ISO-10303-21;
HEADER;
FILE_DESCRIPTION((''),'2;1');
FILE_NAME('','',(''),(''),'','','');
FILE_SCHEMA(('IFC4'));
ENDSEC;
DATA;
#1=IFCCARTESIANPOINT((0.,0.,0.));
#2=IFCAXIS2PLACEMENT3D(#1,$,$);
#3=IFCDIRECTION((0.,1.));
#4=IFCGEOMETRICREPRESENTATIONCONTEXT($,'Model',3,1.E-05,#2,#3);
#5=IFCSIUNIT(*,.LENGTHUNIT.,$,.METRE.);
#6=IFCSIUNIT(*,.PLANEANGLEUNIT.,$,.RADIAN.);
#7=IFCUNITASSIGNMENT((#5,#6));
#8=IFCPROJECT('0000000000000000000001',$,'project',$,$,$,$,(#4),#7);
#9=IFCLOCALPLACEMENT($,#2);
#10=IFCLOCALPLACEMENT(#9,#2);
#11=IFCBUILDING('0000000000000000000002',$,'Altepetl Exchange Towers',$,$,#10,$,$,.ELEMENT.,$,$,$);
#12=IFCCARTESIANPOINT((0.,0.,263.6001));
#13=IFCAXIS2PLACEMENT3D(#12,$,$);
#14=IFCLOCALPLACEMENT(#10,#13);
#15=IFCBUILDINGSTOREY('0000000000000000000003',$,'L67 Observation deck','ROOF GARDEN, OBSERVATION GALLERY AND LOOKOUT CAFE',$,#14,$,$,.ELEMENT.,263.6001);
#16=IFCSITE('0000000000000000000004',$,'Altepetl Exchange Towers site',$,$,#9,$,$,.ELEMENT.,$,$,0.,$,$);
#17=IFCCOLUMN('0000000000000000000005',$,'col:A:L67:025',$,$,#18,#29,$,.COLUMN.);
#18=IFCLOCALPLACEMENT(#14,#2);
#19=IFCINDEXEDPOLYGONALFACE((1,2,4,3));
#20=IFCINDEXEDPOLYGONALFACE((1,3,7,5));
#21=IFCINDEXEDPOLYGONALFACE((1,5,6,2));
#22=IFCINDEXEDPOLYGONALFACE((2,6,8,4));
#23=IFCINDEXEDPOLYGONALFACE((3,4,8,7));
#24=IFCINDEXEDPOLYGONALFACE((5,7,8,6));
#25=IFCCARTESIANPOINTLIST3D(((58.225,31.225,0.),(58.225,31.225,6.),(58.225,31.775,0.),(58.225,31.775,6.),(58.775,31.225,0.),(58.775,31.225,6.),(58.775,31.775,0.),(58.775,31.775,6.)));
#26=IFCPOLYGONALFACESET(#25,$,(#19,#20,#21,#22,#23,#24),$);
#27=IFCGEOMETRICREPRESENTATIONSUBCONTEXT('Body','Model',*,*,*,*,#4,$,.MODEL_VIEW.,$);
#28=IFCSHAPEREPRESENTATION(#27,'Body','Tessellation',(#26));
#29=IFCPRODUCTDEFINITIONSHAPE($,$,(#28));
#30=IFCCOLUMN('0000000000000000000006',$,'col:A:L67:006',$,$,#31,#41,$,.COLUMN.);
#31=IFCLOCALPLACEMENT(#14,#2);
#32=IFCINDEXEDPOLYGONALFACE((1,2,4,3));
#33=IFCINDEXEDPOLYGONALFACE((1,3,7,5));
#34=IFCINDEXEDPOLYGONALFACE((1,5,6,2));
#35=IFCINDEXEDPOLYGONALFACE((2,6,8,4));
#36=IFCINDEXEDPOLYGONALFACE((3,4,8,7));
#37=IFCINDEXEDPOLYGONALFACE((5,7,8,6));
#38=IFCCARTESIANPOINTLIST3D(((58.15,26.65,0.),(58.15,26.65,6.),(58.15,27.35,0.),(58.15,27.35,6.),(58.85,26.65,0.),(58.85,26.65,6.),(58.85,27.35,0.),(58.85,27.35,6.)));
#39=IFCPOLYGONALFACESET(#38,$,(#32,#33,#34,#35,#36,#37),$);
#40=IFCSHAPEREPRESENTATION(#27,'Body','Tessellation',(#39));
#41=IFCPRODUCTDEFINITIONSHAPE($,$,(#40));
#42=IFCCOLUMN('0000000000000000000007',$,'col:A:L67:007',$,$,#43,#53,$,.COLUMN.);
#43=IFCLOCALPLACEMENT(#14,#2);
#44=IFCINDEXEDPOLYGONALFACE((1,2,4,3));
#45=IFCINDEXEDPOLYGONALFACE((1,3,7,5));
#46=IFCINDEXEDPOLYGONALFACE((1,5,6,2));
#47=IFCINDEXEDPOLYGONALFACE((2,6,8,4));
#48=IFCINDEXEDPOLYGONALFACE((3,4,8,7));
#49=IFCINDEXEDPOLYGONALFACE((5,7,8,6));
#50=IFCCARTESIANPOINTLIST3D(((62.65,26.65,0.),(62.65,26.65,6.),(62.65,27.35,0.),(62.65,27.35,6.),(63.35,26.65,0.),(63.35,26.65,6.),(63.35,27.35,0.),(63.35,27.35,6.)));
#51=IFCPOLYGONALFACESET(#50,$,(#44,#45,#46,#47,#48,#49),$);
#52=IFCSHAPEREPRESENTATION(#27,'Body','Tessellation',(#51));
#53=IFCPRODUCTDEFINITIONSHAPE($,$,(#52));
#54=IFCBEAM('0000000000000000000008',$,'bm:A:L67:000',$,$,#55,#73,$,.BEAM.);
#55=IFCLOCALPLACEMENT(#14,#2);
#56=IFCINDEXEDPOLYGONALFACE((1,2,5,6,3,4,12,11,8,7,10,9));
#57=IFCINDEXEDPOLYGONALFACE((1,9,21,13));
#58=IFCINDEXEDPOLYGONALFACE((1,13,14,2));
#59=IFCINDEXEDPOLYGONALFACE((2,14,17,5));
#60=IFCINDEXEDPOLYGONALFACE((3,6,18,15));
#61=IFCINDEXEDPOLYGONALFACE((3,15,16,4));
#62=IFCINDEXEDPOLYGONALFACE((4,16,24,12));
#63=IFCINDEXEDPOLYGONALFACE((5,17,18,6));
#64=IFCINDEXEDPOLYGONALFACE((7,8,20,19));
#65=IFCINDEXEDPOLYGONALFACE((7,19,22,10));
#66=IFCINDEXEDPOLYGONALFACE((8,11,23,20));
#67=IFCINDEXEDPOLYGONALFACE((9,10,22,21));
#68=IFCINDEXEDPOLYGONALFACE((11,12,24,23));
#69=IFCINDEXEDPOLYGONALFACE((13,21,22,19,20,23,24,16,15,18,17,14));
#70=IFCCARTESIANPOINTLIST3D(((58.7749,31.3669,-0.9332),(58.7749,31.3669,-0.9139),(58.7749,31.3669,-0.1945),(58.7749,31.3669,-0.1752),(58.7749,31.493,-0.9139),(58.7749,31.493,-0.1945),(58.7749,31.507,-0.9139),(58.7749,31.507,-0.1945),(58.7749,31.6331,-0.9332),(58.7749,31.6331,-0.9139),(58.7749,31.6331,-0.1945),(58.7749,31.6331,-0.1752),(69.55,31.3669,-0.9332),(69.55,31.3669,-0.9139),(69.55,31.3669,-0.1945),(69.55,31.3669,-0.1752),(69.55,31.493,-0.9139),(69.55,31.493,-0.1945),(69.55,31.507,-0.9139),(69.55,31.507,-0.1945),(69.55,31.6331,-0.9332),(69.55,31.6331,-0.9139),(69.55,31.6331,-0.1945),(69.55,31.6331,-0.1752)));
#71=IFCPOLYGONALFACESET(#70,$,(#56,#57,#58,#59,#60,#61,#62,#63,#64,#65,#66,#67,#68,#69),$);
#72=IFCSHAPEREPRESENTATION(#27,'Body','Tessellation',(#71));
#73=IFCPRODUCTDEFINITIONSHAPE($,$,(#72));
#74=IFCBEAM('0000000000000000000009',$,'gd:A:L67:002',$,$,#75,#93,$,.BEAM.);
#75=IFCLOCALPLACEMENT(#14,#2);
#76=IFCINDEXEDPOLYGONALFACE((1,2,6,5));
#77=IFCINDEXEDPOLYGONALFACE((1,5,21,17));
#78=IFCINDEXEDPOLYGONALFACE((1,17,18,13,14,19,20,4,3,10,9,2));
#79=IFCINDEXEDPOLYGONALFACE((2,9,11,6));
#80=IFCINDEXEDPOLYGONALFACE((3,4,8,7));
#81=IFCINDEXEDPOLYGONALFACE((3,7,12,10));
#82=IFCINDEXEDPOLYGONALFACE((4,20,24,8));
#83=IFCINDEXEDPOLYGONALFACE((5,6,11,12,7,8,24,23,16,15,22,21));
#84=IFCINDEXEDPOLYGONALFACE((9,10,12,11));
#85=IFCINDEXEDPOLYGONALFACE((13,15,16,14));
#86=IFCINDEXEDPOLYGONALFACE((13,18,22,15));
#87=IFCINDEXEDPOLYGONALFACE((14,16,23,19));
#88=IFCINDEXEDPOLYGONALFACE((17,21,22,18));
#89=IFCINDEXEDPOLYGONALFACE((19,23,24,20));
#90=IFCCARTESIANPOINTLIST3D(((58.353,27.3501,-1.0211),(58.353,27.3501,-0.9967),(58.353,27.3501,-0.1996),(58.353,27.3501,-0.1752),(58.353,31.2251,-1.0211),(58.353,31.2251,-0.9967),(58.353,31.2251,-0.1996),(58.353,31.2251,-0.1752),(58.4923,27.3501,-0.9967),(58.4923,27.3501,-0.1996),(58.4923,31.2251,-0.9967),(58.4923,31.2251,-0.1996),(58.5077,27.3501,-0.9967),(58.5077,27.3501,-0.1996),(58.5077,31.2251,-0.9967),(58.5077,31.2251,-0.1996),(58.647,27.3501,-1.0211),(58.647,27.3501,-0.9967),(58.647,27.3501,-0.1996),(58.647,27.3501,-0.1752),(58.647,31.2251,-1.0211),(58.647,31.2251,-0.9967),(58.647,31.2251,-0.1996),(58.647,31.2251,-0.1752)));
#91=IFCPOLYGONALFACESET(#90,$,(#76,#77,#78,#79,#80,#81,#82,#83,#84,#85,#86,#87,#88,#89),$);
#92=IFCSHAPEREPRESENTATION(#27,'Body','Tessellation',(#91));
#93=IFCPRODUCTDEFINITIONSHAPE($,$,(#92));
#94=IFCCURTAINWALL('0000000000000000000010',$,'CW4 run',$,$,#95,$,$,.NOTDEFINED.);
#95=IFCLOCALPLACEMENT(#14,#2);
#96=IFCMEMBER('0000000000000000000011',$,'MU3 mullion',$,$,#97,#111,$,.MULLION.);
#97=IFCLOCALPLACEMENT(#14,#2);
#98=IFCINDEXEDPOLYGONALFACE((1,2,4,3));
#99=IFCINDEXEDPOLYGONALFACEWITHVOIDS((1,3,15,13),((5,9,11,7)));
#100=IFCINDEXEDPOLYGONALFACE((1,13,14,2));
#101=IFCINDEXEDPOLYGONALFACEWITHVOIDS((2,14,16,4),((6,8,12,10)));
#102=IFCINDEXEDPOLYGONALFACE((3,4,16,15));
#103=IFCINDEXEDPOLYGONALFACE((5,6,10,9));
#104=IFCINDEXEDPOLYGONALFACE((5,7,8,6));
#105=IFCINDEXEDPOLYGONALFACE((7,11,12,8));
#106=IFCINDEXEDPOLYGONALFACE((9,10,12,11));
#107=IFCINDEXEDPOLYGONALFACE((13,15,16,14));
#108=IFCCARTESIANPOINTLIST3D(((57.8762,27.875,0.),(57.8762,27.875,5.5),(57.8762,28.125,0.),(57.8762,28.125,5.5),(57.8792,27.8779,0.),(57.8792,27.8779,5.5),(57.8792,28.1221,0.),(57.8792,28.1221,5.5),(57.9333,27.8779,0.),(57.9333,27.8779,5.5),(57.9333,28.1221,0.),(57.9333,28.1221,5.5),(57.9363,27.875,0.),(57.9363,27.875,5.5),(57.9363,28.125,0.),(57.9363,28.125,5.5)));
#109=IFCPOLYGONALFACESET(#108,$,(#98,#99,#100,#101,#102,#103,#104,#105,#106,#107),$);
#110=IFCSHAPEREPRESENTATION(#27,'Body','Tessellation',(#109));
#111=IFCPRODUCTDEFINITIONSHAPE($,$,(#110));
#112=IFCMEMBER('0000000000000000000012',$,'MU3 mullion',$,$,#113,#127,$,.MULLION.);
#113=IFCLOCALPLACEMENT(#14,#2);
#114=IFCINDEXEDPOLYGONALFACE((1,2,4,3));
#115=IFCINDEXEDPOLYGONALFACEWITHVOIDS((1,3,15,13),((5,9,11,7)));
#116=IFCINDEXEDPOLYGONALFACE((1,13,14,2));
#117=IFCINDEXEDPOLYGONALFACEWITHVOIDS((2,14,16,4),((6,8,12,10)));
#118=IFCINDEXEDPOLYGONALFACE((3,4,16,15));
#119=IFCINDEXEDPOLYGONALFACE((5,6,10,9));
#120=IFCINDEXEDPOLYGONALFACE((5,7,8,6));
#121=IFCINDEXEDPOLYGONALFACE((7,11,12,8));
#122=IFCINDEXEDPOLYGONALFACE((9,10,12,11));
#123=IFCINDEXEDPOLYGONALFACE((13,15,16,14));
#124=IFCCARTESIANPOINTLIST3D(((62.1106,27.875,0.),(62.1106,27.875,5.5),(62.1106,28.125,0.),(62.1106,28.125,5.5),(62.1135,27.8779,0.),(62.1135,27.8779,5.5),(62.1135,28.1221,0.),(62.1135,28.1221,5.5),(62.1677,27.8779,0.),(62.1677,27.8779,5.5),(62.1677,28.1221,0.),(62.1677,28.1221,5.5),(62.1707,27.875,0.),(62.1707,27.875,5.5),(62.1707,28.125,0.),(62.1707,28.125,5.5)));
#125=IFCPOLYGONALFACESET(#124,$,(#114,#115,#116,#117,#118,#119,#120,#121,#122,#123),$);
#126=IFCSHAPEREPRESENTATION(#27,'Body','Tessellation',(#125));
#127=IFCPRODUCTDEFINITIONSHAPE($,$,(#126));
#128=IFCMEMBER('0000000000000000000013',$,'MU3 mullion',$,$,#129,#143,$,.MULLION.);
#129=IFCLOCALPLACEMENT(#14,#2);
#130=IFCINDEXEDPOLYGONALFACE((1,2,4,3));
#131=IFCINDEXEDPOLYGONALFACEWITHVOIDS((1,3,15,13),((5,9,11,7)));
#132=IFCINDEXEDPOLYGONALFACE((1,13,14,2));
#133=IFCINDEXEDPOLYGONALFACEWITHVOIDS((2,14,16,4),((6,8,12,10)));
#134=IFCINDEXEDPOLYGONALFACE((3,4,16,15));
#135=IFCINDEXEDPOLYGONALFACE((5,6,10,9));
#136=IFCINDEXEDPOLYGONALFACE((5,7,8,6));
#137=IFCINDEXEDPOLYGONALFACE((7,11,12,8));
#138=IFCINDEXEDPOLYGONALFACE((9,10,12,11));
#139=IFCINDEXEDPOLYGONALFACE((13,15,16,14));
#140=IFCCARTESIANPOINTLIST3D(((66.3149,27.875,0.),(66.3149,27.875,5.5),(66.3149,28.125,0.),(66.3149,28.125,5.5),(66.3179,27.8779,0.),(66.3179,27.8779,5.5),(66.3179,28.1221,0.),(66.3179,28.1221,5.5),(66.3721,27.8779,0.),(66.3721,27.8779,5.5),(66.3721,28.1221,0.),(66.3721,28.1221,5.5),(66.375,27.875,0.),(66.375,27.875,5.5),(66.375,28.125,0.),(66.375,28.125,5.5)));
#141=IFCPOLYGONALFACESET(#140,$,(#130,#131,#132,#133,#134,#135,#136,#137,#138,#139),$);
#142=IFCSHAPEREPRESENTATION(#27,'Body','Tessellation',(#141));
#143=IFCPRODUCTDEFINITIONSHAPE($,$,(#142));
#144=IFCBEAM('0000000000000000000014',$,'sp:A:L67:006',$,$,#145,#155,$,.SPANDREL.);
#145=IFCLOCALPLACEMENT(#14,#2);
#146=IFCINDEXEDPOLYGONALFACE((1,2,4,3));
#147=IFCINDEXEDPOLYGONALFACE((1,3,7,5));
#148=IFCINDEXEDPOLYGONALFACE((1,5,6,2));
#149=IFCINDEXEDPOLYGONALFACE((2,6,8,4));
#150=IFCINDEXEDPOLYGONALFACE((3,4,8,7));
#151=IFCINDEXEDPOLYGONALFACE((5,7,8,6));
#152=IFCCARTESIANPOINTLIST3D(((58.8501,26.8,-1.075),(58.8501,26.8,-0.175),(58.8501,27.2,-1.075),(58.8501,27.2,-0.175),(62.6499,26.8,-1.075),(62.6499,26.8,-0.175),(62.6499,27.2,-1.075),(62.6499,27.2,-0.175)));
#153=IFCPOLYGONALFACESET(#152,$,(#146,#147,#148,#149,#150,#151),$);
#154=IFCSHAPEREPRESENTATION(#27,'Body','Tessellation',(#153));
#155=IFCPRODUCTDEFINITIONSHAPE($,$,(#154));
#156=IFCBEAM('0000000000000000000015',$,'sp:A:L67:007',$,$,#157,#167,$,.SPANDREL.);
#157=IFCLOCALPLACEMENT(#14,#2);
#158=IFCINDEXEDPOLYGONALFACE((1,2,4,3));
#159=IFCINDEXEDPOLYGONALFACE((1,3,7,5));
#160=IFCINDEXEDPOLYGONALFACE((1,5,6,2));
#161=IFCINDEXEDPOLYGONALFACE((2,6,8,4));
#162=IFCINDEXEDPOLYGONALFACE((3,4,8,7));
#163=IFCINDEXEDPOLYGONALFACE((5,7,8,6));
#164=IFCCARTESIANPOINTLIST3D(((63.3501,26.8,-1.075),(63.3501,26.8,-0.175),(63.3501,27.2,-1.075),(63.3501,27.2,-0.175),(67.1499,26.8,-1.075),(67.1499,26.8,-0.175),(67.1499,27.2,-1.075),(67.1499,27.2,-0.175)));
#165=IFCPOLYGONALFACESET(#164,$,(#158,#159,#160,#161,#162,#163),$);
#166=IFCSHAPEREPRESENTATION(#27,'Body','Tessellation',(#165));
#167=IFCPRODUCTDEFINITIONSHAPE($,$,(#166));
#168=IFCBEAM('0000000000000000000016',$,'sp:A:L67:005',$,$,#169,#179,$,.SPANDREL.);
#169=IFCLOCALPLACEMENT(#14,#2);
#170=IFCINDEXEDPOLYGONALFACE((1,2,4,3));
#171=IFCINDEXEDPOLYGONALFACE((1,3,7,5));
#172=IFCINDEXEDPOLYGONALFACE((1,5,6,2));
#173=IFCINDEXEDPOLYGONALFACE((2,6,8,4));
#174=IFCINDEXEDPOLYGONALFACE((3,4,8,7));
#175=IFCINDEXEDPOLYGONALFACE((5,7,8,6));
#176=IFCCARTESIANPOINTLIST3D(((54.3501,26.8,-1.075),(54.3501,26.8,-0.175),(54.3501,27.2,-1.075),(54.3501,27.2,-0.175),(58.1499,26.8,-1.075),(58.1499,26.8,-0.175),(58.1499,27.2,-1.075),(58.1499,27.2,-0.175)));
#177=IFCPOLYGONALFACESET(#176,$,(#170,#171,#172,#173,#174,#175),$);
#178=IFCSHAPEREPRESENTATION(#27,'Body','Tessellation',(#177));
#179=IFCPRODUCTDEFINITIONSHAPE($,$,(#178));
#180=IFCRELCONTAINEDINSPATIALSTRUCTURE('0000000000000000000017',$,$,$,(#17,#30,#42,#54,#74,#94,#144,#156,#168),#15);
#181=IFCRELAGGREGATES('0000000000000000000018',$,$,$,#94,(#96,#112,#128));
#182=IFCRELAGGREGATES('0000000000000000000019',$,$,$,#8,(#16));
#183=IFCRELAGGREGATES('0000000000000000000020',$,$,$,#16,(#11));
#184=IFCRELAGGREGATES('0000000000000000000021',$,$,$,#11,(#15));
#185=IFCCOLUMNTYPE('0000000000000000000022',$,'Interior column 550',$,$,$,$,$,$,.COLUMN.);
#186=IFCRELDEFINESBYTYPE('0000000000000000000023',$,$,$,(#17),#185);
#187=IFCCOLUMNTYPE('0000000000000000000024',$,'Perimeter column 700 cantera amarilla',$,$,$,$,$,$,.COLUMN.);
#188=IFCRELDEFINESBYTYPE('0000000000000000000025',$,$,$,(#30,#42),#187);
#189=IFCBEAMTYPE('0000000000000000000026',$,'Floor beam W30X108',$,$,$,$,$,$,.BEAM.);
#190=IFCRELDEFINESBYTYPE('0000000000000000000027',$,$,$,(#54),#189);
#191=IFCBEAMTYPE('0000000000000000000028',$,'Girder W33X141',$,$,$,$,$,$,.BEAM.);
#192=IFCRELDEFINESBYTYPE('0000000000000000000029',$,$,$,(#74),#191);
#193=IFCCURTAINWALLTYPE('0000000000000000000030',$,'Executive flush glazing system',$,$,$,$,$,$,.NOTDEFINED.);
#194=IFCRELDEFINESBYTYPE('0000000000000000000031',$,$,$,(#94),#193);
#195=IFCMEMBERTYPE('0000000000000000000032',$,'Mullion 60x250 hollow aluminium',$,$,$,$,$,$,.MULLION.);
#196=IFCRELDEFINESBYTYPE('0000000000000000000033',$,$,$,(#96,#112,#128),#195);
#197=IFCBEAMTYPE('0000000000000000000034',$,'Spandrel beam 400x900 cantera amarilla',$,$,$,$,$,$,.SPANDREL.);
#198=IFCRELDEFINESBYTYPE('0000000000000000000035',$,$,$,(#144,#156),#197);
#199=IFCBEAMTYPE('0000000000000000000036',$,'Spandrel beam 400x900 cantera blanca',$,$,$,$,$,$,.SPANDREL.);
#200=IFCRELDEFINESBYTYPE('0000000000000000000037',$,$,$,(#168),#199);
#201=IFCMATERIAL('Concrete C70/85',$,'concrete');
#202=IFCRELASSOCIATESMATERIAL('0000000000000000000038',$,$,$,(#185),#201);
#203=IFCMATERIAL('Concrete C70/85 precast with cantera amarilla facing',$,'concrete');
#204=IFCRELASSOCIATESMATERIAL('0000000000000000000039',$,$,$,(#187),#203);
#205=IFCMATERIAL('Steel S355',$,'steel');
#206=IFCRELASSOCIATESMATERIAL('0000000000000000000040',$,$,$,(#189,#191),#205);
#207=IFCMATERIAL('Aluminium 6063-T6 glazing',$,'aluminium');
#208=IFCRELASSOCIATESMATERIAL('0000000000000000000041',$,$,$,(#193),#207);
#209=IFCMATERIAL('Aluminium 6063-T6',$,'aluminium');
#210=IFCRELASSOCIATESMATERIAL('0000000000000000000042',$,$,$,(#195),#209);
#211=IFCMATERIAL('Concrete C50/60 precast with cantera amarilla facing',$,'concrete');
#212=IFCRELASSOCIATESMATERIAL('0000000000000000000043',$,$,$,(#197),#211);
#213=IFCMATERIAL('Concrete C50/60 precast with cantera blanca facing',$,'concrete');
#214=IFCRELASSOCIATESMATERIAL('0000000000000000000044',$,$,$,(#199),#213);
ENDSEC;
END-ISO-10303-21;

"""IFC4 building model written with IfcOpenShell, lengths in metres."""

from ifc_helpers import new_model, si_unit, direction, frame, origin, origin_2d, place, context, subcontext, project, spatial, rectangle, hollow_rectangle, i_section, extrude, material, material_profile, profile_set, type_object, element, aggregate, save


model = new_model("IFC4")

# Units and contexts
model_context = context("Model", 3, precision=1e-05, world=origin(), true_north=direction((0.0, 1.0)))
body_context = subcontext(model_context, "Body", "Model", "MODEL_VIEW")
ifc_project = project(units=[si_unit("LENGTHUNIT", "METRE"), si_unit("PLANEANGLEUNIT", "RADIAN")], contexts=[model_context])

# Site, building, storey
site_placement = place(None, origin())
site = spatial("IfcSite", under=ifc_project, at=site_placement, Name="Altepetl Exchange Towers site", CompositionType="ELEMENT", RefElevation=0.0)
building_placement = place(site_placement, origin())
building = spatial("IfcBuilding", under=site, at=building_placement, Name="Altepetl Exchange Towers", CompositionType="ELEMENT")
storey_placement = place(building_placement, frame((0.0, 0.0, 263.6001)))
storey = spatial("IfcBuildingStorey", under=building, at=storey_placement, Name="L67 Observation deck", Description="ROOF GARDEN, OBSERVATION GALLERY AND LOOKOUT CAFE", CompositionType="ELEMENT", Elevation=263.6001)

# Columns
ifc_material_1 = material(Name="Concrete C70/85", Category="concrete")
ifc_material_profile_1 = material_profile(ifc_material_1, rectangle(XDim=0.55, YDim=0.55, at=origin_2d()), Name="550 x 550")
ifc_profile_set_1 = profile_set([ifc_material_profile_1], Name="Concrete C70/85")
column_type_1 = type_object("IfcColumnType", Name="Interior column 550", PredefinedType="COLUMN", material=ifc_profile_set_1)
column_placement = place(storey_placement, frame((58.5, 31.5, 0.0)))
element("IfcColumn", 1, at=column_placement, inside=storey, type_object=column_type_1, Name="col:A:L67:025", PredefinedType="COLUMN", context=body_context, shape_type="SweptSolid", body=[
    extrude(rectangle(XDim=0.55, YDim=0.55, at=origin_2d()), origin(), (0.0, 0.0, 1.0), 6.0),
])
ifc_material_2 = material(Name="Concrete C70/85 precast with cantera amarilla facing", Category="concrete")
ifc_material_profile_2 = material_profile(ifc_material_2, rectangle(XDim=0.7, YDim=0.7, at=origin_2d()), Name="700 x 700")
ifc_profile_set_2 = profile_set([ifc_material_profile_2], Name="Concrete C70/85 precast with cantera amarilla facing")
column_type_2 = type_object("IfcColumnType", Name="Perimeter column 700 cantera amarilla", PredefinedType="COLUMN", material=ifc_profile_set_2)
for number, where, name in (
    (2, (58.5, 27.0, 0.0), "col:A:L67:006"),
    (3, (63.0, 27.0, 0.0), "col:A:L67:007"),
):
    element("IfcColumn", number, at=place(storey_placement, frame(where)), inside=storey, type_object=column_type_2, Name=name, PredefinedType="COLUMN", context=body_context, shape_type="SweptSolid", body=[
        extrude(rectangle(XDim=0.7, YDim=0.7, at=origin_2d()), origin(), (0.0, 0.0, 1.0), 6.0),
    ])

# Beams
ifc_material_3 = material(Name="Steel S355", Category="steel")
ifc_material_profile_3 = material_profile(ifc_material_3, i_section(OverallWidth=0.2661, OverallDepth=0.7581, WebThickness=0.0139, FlangeThickness=0.0193, at=origin_2d()), Name="W30X108")
ifc_profile_set_3 = profile_set([ifc_material_profile_3], Name="Steel S355")
beam_type_1 = type_object("IfcBeamType", Name="Floor beam W30X108", PredefinedType="BEAM", material=ifc_profile_set_3)
beam_1_placement = place(storey_placement, frame((58.7749, 31.5, -0.5542), z_axis=(1.0, 0.0, 0.0), x_axis=(0.0, 1.0, 0.0)))
element("IfcBeam", 4, at=beam_1_placement, inside=storey, type_object=beam_type_1, Name="bm:A:L67:000", PredefinedType="BEAM", context=body_context, shape_type="SweptSolid", body=[
    extrude(i_section(OverallWidth=0.2661, OverallDepth=0.7581, WebThickness=0.0139, FlangeThickness=0.0193, at=origin_2d()), origin(), (0.0, 0.0, 1.0), 10.7751),
])
ifc_material_profile_4 = material_profile(ifc_material_3, i_section(OverallWidth=0.2939, OverallDepth=0.8459, WebThickness=0.0154, FlangeThickness=0.0244, at=origin_2d()), Name="W33X141")
ifc_profile_set_4 = profile_set([ifc_material_profile_4], Name="Steel S355")
beam_type_2 = type_object("IfcBeamType", Name="Girder W33X141", PredefinedType="BEAM", material=ifc_profile_set_4)
beam_2_placement = place(storey_placement, frame((58.5, 31.2251, -0.5981), z_axis=(0.0, -1.0, 0.0), x_axis=(1.0, 0.0, 0.0)))
element("IfcBeam", 5, at=beam_2_placement, inside=storey, type_object=beam_type_2, Name="gd:A:L67:002", PredefinedType="BEAM", context=body_context, shape_type="SweptSolid", body=[
    extrude(i_section(OverallWidth=0.2939, OverallDepth=0.8459, WebThickness=0.0154, FlangeThickness=0.0244, at=origin_2d()), origin(), (0.0, 0.0, 1.0), 3.875),
])

# Curtain wall, members
ifc_material_4 = material(Name="Aluminium 6063-T6 glazing", Category="aluminium")
curtain_wall_type = type_object("IfcCurtainWallType", Name="Executive flush glazing system", PredefinedType="NOTDEFINED", material=ifc_material_4)
curtain_wall_placement = place(storey_placement, origin())
curtain_wall = element("IfcCurtainWall", 6, at=curtain_wall_placement, inside=storey, type_object=curtain_wall_type, Name="CW4 run", PredefinedType="NOTDEFINED")
ifc_material_5 = material(Name="Aluminium 6063-T6", Category="aluminium")
ifc_material_profile_5 = material_profile(ifc_material_5, hollow_rectangle(XDim=0.0601, YDim=0.25, WallThickness=0.0029, at=origin_2d()), Name="Mullion 60x250 hollow aluminium")
ifc_profile_set_5 = profile_set([ifc_material_profile_5], Name="Aluminium 6063-T6")
member_type_1 = type_object("IfcMemberType", Name="Mullion 60x250 hollow aluminium", PredefinedType="MULLION", material=ifc_profile_set_5)
member_1_placement = place(storey_placement, frame((57.9062, 28.0, 0.0)))
member_1 = element("IfcMember", 7, at=member_1_placement, type_object=member_type_1, Name="MU3 mullion", PredefinedType="MULLION", context=body_context, shape_type="SweptSolid", body=[
    extrude(hollow_rectangle(XDim=0.0601, YDim=0.25, WallThickness=0.0029, at=origin_2d()), origin(), (0.0, 0.0, 1.0), 5.5),
])
member_2_placement = place(storey_placement, frame((62.1406, 28.0, 0.0)))
member_2 = element("IfcMember", 8, at=member_2_placement, type_object=member_type_1, Name="MU3 mullion", PredefinedType="MULLION", context=body_context, shape_type="SweptSolid", body=[
    extrude(hollow_rectangle(XDim=0.0601, YDim=0.25, WallThickness=0.0029, at=origin_2d()), origin(), (0.0, 0.0, 1.0), 5.5),
])
member_3_placement = place(storey_placement, frame((66.345, 28.0, 0.0)))
member_3 = element("IfcMember", 9, at=member_3_placement, type_object=member_type_1, Name="MU3 mullion", PredefinedType="MULLION", context=body_context, shape_type="SweptSolid", body=[
    extrude(hollow_rectangle(XDim=0.0601, YDim=0.25, WallThickness=0.0029, at=origin_2d()), origin(), (0.0, 0.0, 1.0), 5.5),
])

# Beams
ifc_material_6 = material(Name="Concrete C50/60 precast with cantera amarilla facing", Category="concrete")
ifc_material_profile_6 = material_profile(ifc_material_6, rectangle(XDim=0.3999, YDim=0.8999, at=origin_2d()), Name="400 x 900")
ifc_profile_set_6 = profile_set([ifc_material_profile_6], Name="Concrete C50/60 precast with cantera amarilla facing")
beam_type_3 = type_object("IfcBeamType", Name="Spandrel beam 400x900 cantera amarilla", PredefinedType="SPANDREL", material=ifc_profile_set_6)
for number, where, z_axis, x_axis, name in (
    (10, (58.8501, 27.0, -0.625), (1.0, 0.0, 0.0), (0.0, 1.0, 0.0), "sp:A:L67:006"),
    (11, (63.3501, 27.0, -0.625), (1.0, 0.0, 0.0), (0.0, 1.0, 0.0), "sp:A:L67:007"),
):
    element("IfcBeam", number, at=place(storey_placement, frame(where, z_axis=z_axis, x_axis=x_axis)), inside=storey, type_object=beam_type_3, Name=name, PredefinedType="SPANDREL", context=body_context, shape_type="SweptSolid", body=[
        extrude(rectangle(XDim=0.3999, YDim=0.8999, at=origin_2d()), origin(), (0.0, 0.0, 1.0), 3.7998),
    ])
ifc_material_7 = material(Name="Concrete C50/60 precast with cantera blanca facing", Category="concrete")
ifc_material_profile_7 = material_profile(ifc_material_7, rectangle(XDim=0.3999, YDim=0.8999, at=origin_2d()), Name="400 x 900")
ifc_profile_set_7 = profile_set([ifc_material_profile_7], Name="Concrete C50/60 precast with cantera blanca facing")
beam_type_4 = type_object("IfcBeamType", Name="Spandrel beam 400x900 cantera blanca", PredefinedType="SPANDREL", material=ifc_profile_set_7)
beam_3_placement = place(storey_placement, frame((54.3501, 27.0, -0.625), z_axis=(1.0, 0.0, 0.0), x_axis=(0.0, 1.0, 0.0)))
element("IfcBeam", 12, at=beam_3_placement, inside=storey, type_object=beam_type_4, Name="sp:A:L67:005", PredefinedType="SPANDREL", context=body_context, shape_type="SweptSolid", body=[
    extrude(rectangle(XDim=0.3999, YDim=0.8999, at=origin_2d()), origin(), (0.0, 0.0, 1.0), 3.7998),
])

aggregate(curtain_wall, [member_1, member_2, member_3])

save(model, "model.ifc")
